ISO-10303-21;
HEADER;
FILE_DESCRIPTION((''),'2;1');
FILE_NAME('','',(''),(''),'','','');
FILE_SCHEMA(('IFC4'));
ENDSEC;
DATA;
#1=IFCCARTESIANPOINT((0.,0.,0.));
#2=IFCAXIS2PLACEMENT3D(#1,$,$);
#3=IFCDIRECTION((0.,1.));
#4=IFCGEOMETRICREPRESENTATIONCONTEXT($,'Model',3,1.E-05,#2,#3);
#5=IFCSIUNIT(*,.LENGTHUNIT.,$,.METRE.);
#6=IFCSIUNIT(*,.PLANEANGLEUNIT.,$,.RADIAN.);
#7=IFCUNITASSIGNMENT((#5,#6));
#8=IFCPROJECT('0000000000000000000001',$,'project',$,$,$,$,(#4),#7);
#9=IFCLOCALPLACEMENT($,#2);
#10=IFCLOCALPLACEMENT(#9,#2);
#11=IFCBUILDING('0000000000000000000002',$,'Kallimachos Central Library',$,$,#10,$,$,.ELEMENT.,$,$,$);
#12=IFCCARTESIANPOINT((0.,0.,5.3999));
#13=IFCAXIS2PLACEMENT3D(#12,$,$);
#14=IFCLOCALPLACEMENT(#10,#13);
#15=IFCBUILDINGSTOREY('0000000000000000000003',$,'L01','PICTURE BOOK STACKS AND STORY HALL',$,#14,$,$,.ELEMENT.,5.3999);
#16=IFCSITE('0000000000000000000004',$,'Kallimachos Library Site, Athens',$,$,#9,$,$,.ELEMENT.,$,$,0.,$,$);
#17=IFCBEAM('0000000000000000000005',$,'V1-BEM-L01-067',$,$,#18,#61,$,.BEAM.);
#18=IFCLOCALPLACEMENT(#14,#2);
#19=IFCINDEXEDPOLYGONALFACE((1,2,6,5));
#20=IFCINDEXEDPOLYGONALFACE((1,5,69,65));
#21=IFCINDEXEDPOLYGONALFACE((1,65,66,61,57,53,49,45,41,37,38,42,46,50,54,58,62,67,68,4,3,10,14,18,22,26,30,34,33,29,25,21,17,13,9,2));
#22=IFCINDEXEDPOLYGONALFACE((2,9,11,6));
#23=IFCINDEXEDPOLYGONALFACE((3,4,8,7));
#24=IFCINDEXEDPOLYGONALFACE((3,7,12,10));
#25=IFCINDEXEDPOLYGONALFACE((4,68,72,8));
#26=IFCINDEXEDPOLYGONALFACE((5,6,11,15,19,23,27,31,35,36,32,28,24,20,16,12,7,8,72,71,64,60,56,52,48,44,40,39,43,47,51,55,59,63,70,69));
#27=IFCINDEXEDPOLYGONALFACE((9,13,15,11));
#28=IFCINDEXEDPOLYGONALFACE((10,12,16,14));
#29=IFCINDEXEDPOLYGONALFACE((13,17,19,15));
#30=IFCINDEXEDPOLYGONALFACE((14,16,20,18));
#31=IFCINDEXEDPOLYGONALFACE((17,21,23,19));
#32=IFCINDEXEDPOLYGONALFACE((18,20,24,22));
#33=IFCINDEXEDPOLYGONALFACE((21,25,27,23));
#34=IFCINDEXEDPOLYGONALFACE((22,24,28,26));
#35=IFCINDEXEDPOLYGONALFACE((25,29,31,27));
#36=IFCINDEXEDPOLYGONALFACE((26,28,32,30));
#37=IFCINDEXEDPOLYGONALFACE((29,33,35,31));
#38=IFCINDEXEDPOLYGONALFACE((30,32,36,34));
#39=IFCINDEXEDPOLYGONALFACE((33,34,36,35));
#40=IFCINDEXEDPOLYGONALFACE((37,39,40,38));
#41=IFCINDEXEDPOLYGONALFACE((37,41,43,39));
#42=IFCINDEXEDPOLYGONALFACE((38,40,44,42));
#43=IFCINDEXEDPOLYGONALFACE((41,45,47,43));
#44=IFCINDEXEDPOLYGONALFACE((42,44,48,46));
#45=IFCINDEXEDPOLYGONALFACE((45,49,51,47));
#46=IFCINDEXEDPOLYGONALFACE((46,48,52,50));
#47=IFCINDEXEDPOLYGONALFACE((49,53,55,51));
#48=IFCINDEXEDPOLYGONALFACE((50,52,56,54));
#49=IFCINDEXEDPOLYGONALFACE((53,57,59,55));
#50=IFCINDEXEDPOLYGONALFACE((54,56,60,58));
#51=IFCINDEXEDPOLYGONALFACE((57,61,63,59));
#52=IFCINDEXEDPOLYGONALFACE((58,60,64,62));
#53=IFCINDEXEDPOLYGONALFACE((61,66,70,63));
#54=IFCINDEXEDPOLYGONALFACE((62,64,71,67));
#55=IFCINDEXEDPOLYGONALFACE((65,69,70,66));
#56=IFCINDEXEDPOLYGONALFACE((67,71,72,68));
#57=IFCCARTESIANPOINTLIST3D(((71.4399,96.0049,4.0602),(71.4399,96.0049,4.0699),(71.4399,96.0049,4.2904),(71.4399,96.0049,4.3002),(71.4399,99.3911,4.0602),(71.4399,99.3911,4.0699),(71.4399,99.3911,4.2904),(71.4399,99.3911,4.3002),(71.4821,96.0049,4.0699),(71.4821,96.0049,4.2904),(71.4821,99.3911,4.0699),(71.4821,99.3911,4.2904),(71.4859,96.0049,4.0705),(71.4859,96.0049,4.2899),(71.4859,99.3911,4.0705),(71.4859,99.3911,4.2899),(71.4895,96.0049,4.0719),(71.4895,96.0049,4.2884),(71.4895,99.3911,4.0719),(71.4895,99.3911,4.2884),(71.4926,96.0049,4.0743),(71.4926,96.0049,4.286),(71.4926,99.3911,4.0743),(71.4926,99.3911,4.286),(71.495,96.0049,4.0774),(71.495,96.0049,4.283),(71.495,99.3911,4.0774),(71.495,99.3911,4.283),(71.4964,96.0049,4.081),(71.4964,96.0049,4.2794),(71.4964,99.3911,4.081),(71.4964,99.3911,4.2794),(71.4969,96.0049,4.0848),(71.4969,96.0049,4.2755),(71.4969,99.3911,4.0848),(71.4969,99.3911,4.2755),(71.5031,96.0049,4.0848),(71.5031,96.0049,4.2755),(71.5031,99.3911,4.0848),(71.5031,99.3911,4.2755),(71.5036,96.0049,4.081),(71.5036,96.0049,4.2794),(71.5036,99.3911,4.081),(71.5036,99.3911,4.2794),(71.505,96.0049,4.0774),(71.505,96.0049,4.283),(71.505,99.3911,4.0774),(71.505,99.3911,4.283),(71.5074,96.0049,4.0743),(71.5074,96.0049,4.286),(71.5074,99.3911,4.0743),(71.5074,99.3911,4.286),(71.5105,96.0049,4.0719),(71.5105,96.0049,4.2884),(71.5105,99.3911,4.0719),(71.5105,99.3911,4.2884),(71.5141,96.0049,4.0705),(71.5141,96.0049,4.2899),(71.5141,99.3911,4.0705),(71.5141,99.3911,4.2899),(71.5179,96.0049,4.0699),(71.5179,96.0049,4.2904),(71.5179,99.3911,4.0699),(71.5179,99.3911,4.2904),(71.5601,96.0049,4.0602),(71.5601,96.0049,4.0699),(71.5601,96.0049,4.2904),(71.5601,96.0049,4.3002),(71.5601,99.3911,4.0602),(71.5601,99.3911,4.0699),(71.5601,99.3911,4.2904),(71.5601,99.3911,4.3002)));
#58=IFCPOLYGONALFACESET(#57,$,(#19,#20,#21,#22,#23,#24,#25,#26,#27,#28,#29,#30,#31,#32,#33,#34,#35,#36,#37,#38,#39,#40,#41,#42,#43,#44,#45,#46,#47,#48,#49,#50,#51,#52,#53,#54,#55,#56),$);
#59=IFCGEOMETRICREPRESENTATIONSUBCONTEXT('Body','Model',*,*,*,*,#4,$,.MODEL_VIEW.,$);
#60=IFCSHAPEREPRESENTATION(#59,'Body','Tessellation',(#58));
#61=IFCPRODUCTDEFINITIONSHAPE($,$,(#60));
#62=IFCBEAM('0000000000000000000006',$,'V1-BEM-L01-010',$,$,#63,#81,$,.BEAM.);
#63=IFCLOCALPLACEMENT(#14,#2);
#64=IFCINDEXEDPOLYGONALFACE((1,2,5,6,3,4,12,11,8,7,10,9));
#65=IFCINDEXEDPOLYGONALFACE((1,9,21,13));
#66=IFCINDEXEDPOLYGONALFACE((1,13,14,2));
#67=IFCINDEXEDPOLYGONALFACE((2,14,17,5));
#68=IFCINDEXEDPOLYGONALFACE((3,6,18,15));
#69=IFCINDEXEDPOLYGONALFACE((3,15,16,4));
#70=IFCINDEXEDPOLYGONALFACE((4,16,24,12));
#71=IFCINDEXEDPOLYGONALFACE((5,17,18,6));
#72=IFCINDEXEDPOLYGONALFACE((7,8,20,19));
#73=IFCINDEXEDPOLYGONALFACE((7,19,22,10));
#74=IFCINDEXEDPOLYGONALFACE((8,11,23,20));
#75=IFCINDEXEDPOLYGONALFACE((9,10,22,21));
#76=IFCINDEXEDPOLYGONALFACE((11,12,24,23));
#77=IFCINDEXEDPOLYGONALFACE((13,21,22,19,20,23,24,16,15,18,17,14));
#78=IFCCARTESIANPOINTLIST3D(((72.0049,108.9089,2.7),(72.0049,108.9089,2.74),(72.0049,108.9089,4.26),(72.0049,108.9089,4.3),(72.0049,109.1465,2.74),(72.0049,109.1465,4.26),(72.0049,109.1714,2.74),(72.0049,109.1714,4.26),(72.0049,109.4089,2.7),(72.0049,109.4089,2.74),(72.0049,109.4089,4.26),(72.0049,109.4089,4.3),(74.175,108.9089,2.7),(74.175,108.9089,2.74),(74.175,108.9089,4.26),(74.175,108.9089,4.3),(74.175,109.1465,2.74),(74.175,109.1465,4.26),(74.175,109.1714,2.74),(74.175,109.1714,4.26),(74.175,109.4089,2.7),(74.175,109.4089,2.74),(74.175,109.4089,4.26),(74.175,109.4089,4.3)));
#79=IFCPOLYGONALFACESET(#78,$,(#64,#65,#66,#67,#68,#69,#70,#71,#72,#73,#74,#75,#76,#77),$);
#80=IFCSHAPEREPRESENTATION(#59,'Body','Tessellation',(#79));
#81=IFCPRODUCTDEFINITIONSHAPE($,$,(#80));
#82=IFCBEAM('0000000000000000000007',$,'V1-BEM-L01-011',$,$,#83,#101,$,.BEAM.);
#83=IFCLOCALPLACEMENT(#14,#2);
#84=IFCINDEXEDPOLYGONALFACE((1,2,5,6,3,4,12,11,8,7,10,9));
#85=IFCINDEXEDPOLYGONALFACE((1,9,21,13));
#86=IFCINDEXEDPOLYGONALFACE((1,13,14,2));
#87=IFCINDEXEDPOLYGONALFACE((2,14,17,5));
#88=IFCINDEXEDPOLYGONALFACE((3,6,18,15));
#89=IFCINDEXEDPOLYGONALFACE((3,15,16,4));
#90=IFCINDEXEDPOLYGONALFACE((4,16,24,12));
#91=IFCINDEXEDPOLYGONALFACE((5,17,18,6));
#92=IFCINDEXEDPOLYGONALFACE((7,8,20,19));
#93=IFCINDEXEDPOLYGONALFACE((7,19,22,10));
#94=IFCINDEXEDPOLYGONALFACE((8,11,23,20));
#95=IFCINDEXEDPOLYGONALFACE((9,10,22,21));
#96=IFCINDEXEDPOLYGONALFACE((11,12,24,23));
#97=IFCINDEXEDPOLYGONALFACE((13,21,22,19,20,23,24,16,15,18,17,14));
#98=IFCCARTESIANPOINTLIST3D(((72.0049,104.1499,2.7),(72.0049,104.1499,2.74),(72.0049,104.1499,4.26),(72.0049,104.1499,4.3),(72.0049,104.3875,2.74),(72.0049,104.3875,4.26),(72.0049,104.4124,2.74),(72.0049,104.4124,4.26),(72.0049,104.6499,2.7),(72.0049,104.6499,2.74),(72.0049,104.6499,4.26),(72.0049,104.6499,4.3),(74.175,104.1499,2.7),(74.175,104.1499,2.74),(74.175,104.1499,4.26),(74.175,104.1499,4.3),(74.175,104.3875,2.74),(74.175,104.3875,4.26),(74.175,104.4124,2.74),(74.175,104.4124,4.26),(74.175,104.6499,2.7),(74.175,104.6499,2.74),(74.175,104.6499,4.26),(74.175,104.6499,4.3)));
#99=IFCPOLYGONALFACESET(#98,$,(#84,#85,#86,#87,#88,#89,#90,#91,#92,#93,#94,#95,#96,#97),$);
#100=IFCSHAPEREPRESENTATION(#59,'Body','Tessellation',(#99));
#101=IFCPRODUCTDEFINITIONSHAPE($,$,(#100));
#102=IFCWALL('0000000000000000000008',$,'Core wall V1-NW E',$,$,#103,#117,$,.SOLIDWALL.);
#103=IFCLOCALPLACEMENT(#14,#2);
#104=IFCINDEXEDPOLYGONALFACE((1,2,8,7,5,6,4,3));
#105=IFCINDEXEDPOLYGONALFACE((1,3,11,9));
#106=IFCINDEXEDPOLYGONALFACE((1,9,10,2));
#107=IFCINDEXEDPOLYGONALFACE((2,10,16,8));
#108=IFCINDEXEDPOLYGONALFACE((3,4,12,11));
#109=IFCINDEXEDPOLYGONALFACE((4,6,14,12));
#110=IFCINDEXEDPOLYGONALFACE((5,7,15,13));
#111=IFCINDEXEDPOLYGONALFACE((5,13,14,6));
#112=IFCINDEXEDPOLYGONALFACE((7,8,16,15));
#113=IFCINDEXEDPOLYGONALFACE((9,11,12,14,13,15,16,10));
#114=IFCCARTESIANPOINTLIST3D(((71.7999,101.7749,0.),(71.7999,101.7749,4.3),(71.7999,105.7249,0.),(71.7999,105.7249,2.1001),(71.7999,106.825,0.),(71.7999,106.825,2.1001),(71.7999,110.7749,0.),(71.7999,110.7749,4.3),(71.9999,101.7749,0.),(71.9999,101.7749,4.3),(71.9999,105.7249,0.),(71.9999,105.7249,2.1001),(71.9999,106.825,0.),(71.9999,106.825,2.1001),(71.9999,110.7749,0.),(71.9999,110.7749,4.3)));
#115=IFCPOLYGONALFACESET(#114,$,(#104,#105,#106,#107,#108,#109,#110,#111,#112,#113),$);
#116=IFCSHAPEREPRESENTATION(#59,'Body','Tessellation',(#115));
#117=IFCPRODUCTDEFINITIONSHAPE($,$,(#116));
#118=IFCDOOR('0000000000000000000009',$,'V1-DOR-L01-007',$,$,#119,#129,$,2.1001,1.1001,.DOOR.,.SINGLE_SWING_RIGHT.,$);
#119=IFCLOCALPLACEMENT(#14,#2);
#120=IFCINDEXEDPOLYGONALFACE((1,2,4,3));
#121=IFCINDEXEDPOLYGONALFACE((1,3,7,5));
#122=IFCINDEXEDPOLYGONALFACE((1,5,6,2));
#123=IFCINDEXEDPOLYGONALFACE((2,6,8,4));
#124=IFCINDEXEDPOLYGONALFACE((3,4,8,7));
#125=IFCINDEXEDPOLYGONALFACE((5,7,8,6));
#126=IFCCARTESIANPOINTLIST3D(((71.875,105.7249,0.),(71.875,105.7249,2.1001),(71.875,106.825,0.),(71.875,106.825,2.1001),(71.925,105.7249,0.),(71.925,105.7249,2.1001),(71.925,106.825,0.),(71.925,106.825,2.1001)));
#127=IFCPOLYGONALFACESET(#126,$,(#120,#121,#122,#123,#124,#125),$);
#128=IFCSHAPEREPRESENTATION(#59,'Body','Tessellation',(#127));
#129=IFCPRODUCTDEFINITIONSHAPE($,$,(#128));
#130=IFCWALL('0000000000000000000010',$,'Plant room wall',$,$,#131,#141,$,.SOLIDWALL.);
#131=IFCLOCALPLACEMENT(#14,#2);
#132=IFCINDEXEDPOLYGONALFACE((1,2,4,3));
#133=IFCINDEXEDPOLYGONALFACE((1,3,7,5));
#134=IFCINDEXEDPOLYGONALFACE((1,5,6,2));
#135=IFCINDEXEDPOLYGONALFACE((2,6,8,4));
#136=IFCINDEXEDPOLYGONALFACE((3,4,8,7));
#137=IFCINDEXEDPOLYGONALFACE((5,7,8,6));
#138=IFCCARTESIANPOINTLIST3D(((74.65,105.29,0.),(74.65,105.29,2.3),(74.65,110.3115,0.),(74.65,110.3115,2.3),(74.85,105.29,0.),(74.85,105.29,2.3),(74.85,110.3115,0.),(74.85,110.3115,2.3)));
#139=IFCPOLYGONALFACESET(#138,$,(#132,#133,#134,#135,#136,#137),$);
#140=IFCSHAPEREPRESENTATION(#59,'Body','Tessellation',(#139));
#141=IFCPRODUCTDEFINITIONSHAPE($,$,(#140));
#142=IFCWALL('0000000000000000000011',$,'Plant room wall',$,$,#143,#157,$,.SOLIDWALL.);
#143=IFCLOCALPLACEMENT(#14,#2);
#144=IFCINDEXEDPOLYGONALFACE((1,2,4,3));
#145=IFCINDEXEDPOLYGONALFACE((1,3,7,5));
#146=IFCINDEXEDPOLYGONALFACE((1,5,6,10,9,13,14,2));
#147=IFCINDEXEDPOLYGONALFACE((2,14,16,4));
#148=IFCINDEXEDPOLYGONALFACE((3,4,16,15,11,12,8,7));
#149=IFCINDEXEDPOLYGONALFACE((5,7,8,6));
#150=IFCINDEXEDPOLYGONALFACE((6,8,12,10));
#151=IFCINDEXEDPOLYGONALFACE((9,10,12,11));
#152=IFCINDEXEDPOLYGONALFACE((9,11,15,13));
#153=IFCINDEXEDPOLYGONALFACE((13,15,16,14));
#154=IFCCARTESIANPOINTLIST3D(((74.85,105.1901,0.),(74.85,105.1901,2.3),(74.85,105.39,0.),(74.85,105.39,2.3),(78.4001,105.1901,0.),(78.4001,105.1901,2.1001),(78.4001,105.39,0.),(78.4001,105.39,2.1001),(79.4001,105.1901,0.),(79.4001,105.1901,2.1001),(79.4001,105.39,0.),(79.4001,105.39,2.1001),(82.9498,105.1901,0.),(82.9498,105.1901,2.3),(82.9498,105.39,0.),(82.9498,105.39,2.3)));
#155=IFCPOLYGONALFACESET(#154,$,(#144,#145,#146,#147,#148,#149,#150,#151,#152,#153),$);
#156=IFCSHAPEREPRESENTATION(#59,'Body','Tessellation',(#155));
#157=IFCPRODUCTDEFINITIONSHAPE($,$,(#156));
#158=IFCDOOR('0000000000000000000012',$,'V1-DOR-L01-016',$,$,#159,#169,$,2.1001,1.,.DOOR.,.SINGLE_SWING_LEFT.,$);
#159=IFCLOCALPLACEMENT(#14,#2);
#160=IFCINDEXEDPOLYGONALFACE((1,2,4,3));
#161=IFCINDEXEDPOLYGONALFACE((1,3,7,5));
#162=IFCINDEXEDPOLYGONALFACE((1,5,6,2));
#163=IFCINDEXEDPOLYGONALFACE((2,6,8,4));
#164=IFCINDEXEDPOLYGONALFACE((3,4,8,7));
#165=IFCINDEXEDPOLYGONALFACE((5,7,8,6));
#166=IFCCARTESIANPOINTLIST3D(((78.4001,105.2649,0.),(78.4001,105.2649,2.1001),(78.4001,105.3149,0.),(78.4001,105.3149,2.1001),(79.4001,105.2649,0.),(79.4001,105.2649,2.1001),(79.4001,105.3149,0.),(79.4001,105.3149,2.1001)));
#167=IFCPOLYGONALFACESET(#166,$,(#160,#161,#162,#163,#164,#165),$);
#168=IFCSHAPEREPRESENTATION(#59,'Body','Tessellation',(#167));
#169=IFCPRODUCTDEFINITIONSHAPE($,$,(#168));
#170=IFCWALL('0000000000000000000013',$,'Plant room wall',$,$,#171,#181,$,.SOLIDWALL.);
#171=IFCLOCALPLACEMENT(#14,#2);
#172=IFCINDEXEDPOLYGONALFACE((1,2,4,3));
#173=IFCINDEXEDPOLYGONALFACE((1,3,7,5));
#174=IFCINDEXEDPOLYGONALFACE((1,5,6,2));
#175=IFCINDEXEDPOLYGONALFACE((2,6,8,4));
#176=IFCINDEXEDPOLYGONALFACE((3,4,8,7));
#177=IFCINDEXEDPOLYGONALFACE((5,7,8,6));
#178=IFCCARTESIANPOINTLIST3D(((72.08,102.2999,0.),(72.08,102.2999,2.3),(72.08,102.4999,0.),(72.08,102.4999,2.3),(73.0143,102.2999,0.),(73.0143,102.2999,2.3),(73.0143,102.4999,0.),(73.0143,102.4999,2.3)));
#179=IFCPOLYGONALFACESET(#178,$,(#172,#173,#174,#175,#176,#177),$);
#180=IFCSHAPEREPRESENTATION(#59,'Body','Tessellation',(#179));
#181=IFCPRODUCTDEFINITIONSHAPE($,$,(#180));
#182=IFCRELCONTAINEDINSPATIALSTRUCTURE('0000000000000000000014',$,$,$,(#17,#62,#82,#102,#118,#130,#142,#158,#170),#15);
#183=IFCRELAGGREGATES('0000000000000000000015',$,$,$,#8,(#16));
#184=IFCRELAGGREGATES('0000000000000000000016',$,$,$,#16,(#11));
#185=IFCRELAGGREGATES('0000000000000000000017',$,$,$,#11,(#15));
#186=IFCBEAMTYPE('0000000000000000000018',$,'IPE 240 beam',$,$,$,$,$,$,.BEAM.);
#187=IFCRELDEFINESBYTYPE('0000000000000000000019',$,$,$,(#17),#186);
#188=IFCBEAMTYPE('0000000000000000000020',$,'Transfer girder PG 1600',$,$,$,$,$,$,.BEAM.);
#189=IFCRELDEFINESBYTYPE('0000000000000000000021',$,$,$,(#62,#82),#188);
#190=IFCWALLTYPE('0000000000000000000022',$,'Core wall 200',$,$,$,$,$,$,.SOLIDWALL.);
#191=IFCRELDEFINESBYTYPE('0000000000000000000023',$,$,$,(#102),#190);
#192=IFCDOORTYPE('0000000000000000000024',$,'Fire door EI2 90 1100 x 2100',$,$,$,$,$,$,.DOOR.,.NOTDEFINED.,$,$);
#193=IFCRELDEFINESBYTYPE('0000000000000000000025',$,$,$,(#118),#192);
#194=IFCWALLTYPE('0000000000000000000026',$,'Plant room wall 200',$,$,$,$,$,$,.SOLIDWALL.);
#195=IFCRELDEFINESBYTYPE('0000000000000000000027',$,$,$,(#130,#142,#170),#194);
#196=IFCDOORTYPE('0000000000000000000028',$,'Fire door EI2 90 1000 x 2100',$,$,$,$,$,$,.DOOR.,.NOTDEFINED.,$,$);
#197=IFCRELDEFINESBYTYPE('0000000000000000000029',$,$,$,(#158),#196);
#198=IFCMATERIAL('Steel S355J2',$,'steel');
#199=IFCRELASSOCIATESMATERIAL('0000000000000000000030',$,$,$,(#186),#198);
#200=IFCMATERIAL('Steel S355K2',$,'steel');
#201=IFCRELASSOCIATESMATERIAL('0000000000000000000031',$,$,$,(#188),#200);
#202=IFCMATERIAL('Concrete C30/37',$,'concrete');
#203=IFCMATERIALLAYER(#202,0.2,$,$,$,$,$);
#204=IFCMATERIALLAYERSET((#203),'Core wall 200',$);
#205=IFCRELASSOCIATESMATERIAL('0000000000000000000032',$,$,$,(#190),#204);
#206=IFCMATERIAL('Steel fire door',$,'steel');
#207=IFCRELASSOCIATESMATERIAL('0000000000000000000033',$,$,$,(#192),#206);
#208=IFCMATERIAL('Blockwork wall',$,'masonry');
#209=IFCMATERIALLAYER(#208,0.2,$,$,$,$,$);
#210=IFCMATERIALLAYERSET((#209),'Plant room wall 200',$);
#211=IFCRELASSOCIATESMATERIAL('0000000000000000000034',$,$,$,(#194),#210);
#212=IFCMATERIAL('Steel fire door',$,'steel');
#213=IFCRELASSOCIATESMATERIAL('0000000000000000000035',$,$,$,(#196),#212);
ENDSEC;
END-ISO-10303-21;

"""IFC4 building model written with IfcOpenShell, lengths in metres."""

from ifc_helpers import new_model, si_unit, direction, frame, frame_2d, origin, origin_2d, place, context, subcontext, project, spatial, rectangle, i_section, extrude, material, layer, layer_set, material_profile, profile_set, type_object, element, fill, save


model = new_model("IFC4")

# Units and contexts
model_context = context("Model", 3, precision=1e-05, world=origin(), true_north=direction((0.0, 1.0)))
body_context = subcontext(model_context, "Body", "Model", "MODEL_VIEW")
ifc_project = project(units=[si_unit("LENGTHUNIT", "METRE"), si_unit("PLANEANGLEUNIT", "RADIAN")], contexts=[model_context])

# Site, building, storey
site_placement = place(None, origin())
site = spatial("IfcSite", under=ifc_project, at=site_placement, Name="Kallimachos Library Site, Athens", CompositionType="ELEMENT", RefElevation=0.0)
building_placement = place(site_placement, origin())
building = spatial("IfcBuilding", under=site, at=building_placement, Name="Kallimachos Central Library", CompositionType="ELEMENT")
storey_placement = place(building_placement, frame((0.0, 0.0, 5.3999)))
storey = spatial("IfcBuildingStorey", under=building, at=storey_placement, Name="L01", Description="PICTURE BOOK STACKS AND STORY HALL", CompositionType="ELEMENT", Elevation=5.3999)

# Beams
ifc_material_1 = material(Name="Steel S355J2", Category="steel")
ifc_material_profile_1 = material_profile(ifc_material_1, i_section(OverallWidth=0.1201, OverallDepth=0.24, WebThickness=0.0061, FlangeThickness=0.0098, FilletRadius=0.0149, at=origin_2d()), Name="IPE 240")
ifc_profile_set_1 = profile_set([ifc_material_profile_1], Name="Steel S355J2")
beam_type_1 = type_object("IfcBeamType", Name="IPE 240 beam", PredefinedType="BEAM", material=ifc_profile_set_1)
beam_1_placement = place(storey_placement, frame((71.5, 96.0049, 4.1802), z_axis=(0.0, 1.0, 0.0), x_axis=(-1.0, 0.0, 0.0)))
element("IfcBeam", 1, at=beam_1_placement, inside=storey, type_object=beam_type_1, Name="V1-BEM-L01-067", PredefinedType="BEAM", context=body_context, shape_type="SweptSolid", body=[
    extrude(i_section(OverallWidth=0.1201, OverallDepth=0.24, WebThickness=0.0061, FlangeThickness=0.0098, FilletRadius=0.0149, at=origin_2d()), origin(), (0.0, 0.0, 1.0), 3.3862),
])
ifc_material_2 = material(Name="Steel S355K2", Category="steel")
ifc_material_profile_2 = material_profile(ifc_material_2, i_section(OverallWidth=0.5, OverallDepth=1.6001, WebThickness=0.0249, FlangeThickness=0.04, at=origin_2d()), Name="PG 1600x500-25/40")
ifc_profile_set_2 = profile_set([ifc_material_profile_2], Name="Steel S355K2")
beam_type_2 = type_object("IfcBeamType", Name="Transfer girder PG 1600", PredefinedType="BEAM", material=ifc_profile_set_2)
for number, where, z_axis, x_axis, name in (
    (2, (72.0049, 109.1589, 3.5), (1.0, 0.0, 0.0), (0.0, 1.0, 0.0), "V1-BEM-L01-010"),
    (3, (72.0049, 104.3999, 3.5), (1.0, 0.0, 0.0), (0.0, 1.0, 0.0), "V1-BEM-L01-011"),
):
    element("IfcBeam", number, at=place(storey_placement, frame(where, z_axis=z_axis, x_axis=x_axis)), inside=storey, type_object=beam_type_2, Name=name, PredefinedType="BEAM", context=body_context, shape_type="SweptSolid", body=[
        extrude(i_section(OverallWidth=0.5, OverallDepth=1.6001, WebThickness=0.0249, FlangeThickness=0.04, at=origin_2d()), origin(), (0.0, 0.0, 1.0), 2.1702),
    ])

# Wall, opening, door
ifc_material_3 = material(Name="Concrete C30/37", Category="concrete")
ifc_layer_1 = layer(ifc_material_3, 0.2)
ifc_layer_set_1 = layer_set([ifc_layer_1], Name="Core wall 200")
wall_type_1 = type_object("IfcWallType", Name="Core wall 200", PredefinedType="SOLIDWALL", material=ifc_layer_set_1)
wall_1_placement = place(storey_placement, frame((71.8999, 101.7749, 0.0), z_axis=(0.0, 0.0, 1.0), x_axis=(0.0, 1.0, 0.0)))
wall_1 = element("IfcWall", 4, at=wall_1_placement, inside=storey, type_object=wall_type_1, Name="Core wall V1-NW E", PredefinedType="SOLIDWALL", context=body_context, shape_type="SweptSolid", body=[
    extrude(rectangle(XDim=9.0, YDim=0.2, at=frame_2d((4.5, 0.0))), origin(), (0.0, 0.0, 1.0), 4.3),
])
opening_1_placement = place(wall_1_placement, frame((3.95, 0.0, 0.0)))
opening_1 = element("IfcOpeningElement", 5, at=opening_1_placement, cuts=wall_1, PredefinedType="OPENING", context=body_context, shape_type="SweptSolid", body=[
    extrude(rectangle(XDim=1.1001, YDim=2.1001, at=frame_2d((0.55, 1.05))), frame((0.0, 0.1099, 0.0), z_axis=(0.0, -1.0, 0.0), x_axis=(1.0, 0.0, 0.0)), (0.0, 0.0, 1.0), 0.22),
])
ifc_material_4 = material(Name="Steel fire door", Category="steel")
door_type_1 = type_object("IfcDoorType", Name="Fire door EI2 90 1100 x 2100", OperationType="NOTDEFINED", PredefinedType="DOOR", material=ifc_material_4)
door_1_placement = place(opening_1_placement, origin())
door_1 = element("IfcDoor", 6, at=door_1_placement, inside=storey, type_object=door_type_1, Name="V1-DOR-L01-007", OperationType="SINGLE_SWING_RIGHT", OverallHeight=2.1001, OverallWidth=1.1001, PredefinedType="DOOR", context=body_context, shape_type="SweptSolid", body=[
    extrude(rectangle(XDim=1.1001, YDim=2.1001, at=frame_2d((0.55, 1.05))), frame((0.0, 0.0249, 0.0), z_axis=(0.0, -1.0, 0.0), x_axis=(1.0, 0.0, 0.0)), (0.0, 0.0, 1.0), 0.05),
])
fill(opening_1, door_1)

# Wall
ifc_material_5 = material(Name="Blockwork wall", Category="masonry")
ifc_layer_2 = layer(ifc_material_5, 0.2)
ifc_layer_set_2 = layer_set([ifc_layer_2], Name="Plant room wall 200")
wall_type_2 = type_object("IfcWallType", Name="Plant room wall 200", PredefinedType="SOLIDWALL", material=ifc_layer_set_2)
wall_2_placement = place(storey_placement, frame((74.75, 110.3115, 0.0), z_axis=(0.0, 0.0, 1.0), x_axis=(0.0, -1.0, 0.0)))
element("IfcWall", 7, at=wall_2_placement, inside=storey, type_object=wall_type_2, Name="Plant room wall", PredefinedType="SOLIDWALL", context=body_context, shape_type="SweptSolid", body=[
    extrude(rectangle(XDim=5.0215, YDim=0.2, at=frame_2d((2.5107, 0.0))), origin(), (0.0, 0.0, 1.0), 2.3),
])

# Wall, opening, door
wall_3_placement = place(storey_placement, frame((74.8501, 105.29, 0.0), z_axis=(0.0, 0.0, 1.0), x_axis=(1.0, 0.0, 0.0)))
wall_3 = element("IfcWall", 8, at=wall_3_placement, inside=storey, type_object=wall_type_2, Name="Plant room wall", PredefinedType="SOLIDWALL", context=body_context, shape_type="SweptSolid", body=[
    extrude(rectangle(XDim=8.0999, YDim=0.2, at=frame_2d((4.0498, 0.0))), origin(), (0.0, 0.0, 1.0), 2.3),
])
opening_2_placement = place(wall_3_placement, frame((3.55, 0.0, 0.0)))
opening_2 = element("IfcOpeningElement", 9, at=opening_2_placement, cuts=wall_3, PredefinedType="OPENING", context=body_context, shape_type="SweptSolid", body=[
    extrude(rectangle(XDim=1.0, YDim=2.1001, at=frame_2d((0.5, 1.05))), frame((0.0, 0.1099, 0.0), z_axis=(0.0, -1.0, 0.0), x_axis=(1.0, 0.0, 0.0)), (0.0, 0.0, 1.0), 0.22),
])
ifc_material_6 = material(Name="Steel fire door", Category="steel")
door_type_2 = type_object("IfcDoorType", Name="Fire door EI2 90 1000 x 2100", OperationType="NOTDEFINED", PredefinedType="DOOR", material=ifc_material_6)
door_2_placement = place(opening_2_placement, origin())
door_2 = element("IfcDoor", 10, at=door_2_placement, inside=storey, type_object=door_type_2, Name="V1-DOR-L01-016", OperationType="SINGLE_SWING_LEFT", OverallHeight=2.1001, OverallWidth=1.0, PredefinedType="DOOR", context=body_context, shape_type="SweptSolid", body=[
    extrude(rectangle(XDim=1.0, YDim=2.1001, at=frame_2d((0.5, 1.05))), frame((0.0, 0.0249, 0.0), z_axis=(0.0, -1.0, 0.0), x_axis=(1.0, 0.0, 0.0)), (0.0, 0.0, 1.0), 0.05),
])
fill(opening_2, door_2)

# Wall
wall_4_placement = place(storey_placement, frame((73.0144, 102.3999, 0.0), z_axis=(0.0, 0.0, 1.0), x_axis=(-1.0, 0.0, 0.0)))
element("IfcWall", 11, at=wall_4_placement, inside=storey, type_object=wall_type_2, Name="Plant room wall", PredefinedType="SOLIDWALL", context=body_context, shape_type="SweptSolid", body=[
    extrude(rectangle(XDim=0.9343, YDim=0.2, at=frame_2d((0.4673, 0.0))), origin(), (0.0, 0.0, 1.0), 2.3),
])

save(model, "model.ifc")
